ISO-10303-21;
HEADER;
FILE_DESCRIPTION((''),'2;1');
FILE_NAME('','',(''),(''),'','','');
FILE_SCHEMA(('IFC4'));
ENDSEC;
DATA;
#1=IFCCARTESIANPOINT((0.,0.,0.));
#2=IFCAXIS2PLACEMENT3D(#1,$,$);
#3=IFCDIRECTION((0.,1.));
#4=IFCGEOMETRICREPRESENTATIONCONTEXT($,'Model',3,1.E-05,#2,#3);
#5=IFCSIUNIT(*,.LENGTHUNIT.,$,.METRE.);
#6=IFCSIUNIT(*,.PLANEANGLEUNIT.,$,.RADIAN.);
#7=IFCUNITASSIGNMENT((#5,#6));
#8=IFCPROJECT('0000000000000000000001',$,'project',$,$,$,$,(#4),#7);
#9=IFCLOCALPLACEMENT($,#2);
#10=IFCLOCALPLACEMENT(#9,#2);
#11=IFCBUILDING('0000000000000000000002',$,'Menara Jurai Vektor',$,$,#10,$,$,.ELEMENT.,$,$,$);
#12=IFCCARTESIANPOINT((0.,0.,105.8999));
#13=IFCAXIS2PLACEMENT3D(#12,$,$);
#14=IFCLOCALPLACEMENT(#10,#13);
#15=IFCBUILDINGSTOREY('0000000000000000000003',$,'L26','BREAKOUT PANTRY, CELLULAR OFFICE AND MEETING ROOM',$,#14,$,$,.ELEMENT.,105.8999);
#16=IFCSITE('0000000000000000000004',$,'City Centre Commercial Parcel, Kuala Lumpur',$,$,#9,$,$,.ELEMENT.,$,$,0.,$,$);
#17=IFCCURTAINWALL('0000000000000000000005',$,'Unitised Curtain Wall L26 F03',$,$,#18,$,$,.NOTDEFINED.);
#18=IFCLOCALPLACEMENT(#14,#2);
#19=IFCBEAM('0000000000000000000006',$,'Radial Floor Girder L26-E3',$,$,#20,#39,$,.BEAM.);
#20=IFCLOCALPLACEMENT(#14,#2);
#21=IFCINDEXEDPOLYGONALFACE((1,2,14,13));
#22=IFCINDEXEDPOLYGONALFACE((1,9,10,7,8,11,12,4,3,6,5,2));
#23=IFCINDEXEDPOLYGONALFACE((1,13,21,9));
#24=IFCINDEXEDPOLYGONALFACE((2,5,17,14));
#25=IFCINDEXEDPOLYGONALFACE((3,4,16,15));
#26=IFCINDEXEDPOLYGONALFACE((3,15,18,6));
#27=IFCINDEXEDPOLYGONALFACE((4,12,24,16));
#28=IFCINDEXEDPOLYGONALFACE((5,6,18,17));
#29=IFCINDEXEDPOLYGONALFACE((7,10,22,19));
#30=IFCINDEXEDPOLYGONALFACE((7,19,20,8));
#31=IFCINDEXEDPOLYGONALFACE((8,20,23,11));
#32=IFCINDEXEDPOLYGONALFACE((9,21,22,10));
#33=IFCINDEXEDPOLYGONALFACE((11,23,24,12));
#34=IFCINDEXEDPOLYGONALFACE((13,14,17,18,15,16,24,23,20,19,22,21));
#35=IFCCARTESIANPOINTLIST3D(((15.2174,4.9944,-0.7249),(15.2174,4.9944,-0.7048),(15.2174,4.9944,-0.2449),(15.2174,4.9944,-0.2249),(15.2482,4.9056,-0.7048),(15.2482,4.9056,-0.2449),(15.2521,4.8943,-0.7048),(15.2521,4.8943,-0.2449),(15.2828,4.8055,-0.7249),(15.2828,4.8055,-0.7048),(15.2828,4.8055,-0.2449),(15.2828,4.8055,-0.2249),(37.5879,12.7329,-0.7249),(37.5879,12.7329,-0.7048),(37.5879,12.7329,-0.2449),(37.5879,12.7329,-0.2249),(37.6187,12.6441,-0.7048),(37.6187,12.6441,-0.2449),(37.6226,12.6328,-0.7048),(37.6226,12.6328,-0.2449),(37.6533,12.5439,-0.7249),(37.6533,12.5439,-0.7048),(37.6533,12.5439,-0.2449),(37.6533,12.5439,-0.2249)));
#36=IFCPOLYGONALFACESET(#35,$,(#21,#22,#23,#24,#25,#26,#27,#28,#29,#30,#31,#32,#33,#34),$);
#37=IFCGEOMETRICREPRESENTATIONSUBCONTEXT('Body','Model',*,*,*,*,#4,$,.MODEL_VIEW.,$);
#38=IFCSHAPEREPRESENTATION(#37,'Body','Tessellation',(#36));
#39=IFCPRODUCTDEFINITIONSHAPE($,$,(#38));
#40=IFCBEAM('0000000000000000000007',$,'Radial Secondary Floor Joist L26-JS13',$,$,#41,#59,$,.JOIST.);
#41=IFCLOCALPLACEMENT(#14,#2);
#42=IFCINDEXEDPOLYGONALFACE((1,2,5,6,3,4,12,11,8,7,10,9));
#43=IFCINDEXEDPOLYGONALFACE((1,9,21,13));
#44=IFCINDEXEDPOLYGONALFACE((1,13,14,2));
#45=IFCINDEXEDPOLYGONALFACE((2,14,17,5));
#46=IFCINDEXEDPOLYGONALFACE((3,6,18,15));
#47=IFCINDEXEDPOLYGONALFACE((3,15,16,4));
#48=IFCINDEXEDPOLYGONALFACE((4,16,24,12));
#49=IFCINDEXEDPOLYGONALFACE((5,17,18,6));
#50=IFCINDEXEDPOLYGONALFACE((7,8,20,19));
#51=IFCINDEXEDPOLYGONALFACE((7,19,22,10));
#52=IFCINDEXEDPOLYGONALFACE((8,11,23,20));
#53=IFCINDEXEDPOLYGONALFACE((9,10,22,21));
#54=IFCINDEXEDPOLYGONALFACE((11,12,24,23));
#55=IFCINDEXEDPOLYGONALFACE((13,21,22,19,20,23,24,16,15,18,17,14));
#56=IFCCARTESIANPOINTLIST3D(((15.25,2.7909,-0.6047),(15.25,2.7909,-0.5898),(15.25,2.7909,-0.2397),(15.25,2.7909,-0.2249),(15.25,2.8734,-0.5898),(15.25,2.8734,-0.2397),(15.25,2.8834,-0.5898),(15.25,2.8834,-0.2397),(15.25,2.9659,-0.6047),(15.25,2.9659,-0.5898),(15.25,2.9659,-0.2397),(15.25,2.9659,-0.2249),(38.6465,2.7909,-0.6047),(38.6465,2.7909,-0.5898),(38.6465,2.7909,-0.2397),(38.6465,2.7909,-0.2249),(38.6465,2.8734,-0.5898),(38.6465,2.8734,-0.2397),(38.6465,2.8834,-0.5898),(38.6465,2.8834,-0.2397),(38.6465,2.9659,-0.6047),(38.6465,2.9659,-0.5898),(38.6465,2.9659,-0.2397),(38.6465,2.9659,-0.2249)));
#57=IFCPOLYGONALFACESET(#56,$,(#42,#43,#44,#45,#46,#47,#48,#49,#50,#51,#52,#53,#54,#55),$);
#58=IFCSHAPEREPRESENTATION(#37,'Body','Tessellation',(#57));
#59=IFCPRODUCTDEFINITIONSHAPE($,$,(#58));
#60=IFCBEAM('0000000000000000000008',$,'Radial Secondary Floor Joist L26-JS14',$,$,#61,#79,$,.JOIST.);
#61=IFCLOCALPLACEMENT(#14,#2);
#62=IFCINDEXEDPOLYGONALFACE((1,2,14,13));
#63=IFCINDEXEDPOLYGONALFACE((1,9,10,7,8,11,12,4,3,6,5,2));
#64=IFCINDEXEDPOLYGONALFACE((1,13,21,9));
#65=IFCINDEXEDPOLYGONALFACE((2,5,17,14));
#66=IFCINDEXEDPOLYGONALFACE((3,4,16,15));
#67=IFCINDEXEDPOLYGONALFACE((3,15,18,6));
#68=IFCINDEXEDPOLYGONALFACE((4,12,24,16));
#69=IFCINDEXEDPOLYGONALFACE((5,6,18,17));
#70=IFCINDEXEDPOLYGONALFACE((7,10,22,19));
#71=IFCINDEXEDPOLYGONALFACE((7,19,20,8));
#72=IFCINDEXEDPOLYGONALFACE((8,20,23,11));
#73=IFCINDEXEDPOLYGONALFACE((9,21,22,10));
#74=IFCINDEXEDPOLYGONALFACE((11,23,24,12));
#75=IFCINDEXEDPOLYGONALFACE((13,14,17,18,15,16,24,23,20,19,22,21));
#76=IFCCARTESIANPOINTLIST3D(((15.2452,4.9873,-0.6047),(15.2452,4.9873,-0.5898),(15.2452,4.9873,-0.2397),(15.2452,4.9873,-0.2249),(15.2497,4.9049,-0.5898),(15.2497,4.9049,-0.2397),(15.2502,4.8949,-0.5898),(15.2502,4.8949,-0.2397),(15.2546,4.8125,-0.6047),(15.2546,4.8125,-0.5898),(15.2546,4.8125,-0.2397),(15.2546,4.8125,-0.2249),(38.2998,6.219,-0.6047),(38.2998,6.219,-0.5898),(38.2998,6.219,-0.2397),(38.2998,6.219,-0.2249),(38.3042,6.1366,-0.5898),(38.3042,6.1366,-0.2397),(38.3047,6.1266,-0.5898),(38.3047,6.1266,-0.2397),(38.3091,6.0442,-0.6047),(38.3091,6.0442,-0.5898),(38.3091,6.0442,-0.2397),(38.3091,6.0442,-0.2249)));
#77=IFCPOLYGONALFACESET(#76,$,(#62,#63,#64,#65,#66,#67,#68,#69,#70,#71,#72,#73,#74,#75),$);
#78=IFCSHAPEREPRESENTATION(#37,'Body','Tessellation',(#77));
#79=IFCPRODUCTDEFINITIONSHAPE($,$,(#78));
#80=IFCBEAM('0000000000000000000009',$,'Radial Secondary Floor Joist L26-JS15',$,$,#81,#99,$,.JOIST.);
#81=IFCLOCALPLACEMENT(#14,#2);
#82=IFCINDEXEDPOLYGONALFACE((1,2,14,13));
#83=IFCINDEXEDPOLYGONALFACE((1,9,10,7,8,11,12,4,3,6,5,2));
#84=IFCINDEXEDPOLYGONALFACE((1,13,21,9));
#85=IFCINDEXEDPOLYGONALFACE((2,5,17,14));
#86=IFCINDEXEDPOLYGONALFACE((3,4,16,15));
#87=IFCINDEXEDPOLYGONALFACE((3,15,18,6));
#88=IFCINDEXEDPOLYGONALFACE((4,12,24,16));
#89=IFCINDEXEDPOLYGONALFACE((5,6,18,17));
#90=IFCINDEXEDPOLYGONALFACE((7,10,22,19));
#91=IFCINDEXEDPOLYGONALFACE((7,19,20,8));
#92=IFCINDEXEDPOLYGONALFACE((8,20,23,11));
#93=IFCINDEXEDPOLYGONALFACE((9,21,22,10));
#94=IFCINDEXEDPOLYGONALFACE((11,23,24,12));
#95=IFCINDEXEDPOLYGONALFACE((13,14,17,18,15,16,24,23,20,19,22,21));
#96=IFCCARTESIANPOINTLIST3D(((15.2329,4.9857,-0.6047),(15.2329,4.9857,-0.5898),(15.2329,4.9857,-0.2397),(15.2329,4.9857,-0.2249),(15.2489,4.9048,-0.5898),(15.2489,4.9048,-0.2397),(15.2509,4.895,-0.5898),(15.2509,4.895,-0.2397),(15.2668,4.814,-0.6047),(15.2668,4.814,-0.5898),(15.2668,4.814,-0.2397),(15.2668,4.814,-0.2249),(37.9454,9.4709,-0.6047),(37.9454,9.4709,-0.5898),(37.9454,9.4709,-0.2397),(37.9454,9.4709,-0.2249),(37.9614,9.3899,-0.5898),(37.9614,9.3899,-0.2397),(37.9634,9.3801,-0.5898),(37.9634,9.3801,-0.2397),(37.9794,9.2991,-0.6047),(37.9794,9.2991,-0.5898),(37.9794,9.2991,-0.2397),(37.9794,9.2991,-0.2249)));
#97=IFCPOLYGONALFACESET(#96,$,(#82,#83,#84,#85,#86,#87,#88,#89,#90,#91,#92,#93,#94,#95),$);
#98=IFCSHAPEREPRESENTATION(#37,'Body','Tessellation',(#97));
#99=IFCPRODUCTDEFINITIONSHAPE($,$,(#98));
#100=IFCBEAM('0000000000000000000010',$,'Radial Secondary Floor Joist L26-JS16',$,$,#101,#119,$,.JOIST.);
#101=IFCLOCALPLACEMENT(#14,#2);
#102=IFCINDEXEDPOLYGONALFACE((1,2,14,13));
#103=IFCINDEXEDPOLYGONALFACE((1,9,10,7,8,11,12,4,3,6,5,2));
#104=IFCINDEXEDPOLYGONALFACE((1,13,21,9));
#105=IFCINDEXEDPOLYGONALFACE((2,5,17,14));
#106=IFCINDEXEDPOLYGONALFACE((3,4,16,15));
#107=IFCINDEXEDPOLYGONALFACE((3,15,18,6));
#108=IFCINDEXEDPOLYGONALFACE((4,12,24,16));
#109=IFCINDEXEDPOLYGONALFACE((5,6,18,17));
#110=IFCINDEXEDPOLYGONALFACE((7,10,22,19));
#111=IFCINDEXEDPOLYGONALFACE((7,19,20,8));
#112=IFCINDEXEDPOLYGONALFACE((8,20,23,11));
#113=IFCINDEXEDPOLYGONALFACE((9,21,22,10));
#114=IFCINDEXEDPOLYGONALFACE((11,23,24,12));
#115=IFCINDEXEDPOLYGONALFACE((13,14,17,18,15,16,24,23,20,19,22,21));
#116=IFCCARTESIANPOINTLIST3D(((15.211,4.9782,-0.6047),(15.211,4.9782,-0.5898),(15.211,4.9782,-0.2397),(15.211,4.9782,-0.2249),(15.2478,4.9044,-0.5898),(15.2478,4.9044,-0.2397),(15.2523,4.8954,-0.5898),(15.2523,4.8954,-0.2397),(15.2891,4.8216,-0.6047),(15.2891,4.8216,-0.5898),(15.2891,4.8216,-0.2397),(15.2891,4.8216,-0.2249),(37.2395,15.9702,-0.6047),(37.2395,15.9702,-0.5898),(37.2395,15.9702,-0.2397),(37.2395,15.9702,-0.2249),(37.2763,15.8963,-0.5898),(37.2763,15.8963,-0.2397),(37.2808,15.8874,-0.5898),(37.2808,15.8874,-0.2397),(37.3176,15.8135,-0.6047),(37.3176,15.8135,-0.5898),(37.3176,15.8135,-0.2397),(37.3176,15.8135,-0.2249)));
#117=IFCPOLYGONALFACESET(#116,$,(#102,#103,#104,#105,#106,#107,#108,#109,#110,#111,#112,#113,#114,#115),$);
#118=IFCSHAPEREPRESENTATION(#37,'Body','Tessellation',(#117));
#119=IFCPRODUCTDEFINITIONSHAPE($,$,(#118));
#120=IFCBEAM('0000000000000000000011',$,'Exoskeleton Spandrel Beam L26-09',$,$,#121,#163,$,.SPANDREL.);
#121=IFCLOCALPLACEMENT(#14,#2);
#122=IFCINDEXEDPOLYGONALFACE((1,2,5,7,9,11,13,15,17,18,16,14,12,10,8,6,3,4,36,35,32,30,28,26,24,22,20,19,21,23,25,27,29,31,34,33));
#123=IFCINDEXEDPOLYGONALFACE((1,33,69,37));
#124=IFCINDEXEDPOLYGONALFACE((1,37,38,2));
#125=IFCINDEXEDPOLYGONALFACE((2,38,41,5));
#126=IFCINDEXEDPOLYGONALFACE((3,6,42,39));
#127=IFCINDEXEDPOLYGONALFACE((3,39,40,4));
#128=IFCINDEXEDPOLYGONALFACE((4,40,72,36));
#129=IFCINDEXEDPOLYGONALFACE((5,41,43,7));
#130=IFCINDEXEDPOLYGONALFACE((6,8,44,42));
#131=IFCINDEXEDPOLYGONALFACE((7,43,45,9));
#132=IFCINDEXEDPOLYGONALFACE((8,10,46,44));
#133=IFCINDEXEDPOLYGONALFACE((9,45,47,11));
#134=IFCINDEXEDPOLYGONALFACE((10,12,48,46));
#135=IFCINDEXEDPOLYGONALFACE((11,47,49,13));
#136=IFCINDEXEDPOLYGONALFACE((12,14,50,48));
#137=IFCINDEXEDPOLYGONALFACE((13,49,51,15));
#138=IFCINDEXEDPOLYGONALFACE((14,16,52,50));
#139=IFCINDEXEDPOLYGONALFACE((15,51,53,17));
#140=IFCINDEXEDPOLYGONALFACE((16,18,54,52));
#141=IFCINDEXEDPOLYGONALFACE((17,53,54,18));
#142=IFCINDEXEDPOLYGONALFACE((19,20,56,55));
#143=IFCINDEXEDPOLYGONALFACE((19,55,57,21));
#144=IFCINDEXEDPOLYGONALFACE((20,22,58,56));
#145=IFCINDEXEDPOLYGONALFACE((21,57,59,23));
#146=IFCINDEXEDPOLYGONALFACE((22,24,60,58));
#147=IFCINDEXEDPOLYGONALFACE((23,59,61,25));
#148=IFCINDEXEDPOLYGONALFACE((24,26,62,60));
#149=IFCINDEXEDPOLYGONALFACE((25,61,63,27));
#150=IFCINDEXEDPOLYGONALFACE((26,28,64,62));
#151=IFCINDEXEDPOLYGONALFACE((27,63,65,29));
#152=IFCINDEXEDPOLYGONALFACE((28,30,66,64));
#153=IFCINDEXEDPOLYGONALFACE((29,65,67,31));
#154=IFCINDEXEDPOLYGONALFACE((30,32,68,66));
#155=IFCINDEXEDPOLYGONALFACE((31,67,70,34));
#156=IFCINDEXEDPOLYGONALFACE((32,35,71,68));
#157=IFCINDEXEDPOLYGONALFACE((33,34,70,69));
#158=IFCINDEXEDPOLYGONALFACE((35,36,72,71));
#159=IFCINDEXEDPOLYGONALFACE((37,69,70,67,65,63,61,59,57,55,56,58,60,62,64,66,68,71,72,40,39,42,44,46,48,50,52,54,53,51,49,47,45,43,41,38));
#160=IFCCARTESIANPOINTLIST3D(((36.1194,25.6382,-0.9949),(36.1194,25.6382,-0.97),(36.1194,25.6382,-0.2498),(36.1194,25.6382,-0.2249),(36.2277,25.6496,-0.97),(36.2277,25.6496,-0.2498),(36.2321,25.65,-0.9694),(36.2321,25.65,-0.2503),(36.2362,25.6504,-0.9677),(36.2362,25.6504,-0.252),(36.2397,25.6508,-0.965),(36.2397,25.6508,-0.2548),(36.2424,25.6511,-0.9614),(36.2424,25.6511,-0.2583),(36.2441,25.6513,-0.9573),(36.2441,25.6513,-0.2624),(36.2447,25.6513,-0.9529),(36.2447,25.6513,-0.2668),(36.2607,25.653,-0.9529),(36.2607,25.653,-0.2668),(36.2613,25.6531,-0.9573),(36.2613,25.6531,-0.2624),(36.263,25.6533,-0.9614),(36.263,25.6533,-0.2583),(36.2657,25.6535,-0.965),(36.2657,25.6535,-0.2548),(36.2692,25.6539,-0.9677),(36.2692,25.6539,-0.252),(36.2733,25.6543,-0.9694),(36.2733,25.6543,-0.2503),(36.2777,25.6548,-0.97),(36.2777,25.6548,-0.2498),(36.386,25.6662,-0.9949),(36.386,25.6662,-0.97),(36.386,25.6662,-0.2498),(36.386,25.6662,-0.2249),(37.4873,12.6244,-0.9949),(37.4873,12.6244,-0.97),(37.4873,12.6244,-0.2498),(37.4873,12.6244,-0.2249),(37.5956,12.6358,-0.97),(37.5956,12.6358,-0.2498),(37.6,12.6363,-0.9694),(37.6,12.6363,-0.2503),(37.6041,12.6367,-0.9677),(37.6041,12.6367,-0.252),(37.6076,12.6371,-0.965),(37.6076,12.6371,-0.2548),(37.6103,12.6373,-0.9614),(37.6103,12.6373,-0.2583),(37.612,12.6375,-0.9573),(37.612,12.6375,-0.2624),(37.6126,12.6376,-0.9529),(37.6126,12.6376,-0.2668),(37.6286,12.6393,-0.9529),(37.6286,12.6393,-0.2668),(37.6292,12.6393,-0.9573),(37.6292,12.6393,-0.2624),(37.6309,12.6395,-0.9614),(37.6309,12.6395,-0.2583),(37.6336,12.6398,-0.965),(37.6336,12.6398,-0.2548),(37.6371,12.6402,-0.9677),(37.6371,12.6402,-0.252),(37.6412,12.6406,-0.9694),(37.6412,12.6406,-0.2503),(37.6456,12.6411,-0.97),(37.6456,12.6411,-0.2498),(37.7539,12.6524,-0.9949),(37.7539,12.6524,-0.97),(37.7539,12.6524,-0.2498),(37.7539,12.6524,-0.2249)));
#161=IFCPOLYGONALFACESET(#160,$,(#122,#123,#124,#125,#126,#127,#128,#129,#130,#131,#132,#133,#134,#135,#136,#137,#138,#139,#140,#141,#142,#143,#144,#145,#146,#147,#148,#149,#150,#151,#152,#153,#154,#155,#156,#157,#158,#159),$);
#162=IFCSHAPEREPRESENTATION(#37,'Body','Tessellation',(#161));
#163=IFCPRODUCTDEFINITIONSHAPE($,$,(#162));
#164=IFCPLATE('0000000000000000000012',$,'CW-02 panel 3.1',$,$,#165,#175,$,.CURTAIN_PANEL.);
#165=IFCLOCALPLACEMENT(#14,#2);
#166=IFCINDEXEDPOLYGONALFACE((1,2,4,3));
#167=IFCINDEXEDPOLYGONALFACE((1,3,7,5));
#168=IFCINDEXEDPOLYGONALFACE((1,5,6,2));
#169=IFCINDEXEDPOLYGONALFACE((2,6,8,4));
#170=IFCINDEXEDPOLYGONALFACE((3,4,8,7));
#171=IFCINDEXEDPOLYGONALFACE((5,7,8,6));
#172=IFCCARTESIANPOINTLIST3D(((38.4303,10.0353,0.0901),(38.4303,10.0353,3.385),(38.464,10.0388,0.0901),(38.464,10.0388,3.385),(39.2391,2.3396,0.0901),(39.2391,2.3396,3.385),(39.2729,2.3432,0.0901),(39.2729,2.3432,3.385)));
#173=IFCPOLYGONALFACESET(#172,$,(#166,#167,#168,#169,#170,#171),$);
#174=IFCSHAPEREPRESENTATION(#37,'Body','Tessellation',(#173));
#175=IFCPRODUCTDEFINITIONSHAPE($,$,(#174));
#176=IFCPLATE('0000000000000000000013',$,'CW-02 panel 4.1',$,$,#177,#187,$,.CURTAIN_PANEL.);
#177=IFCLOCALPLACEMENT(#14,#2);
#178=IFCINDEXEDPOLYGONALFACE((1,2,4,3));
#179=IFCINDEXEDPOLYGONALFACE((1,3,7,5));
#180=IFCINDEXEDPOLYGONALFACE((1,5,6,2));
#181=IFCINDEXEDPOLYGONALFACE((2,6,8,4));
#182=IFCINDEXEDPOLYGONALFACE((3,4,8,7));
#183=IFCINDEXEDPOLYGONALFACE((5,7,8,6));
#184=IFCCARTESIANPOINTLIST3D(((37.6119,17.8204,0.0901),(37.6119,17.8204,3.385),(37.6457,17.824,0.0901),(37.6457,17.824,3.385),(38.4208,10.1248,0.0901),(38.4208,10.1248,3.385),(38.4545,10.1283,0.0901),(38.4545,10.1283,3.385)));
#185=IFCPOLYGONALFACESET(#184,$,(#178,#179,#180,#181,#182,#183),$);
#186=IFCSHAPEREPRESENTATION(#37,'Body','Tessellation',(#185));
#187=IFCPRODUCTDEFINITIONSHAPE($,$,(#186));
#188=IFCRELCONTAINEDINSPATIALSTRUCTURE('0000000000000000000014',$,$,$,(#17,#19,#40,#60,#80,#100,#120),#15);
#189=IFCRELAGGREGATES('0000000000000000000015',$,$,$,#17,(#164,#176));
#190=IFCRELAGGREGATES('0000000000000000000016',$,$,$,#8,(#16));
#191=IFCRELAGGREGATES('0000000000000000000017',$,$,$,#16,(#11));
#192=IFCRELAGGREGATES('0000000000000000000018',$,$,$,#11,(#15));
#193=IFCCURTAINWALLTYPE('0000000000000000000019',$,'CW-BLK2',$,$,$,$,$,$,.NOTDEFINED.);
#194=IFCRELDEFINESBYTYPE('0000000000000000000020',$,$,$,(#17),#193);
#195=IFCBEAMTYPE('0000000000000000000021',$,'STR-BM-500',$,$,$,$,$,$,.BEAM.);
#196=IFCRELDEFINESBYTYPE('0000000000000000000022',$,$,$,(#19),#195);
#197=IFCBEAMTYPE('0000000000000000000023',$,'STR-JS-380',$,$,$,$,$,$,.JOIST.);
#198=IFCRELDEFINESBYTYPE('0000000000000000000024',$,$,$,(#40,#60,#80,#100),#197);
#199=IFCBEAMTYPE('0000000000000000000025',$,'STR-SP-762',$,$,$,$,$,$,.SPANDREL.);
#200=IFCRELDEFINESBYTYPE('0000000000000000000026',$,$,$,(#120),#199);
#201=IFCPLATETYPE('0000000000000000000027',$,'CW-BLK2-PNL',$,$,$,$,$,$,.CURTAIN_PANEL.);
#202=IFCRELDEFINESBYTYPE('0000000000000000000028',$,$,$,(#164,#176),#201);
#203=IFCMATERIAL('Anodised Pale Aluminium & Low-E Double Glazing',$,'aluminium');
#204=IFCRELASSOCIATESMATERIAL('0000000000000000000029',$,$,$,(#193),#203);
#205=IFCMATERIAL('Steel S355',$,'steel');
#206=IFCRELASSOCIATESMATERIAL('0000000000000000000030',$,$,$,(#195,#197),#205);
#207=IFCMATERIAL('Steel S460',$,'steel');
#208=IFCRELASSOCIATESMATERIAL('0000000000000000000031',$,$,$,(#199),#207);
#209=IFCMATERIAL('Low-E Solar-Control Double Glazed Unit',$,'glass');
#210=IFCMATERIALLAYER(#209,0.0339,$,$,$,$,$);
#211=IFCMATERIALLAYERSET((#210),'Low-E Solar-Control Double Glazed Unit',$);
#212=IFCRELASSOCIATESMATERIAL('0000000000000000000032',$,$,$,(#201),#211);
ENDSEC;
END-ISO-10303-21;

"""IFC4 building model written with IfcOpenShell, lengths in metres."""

from ifc_helpers import new_model, si_unit, direction, frame, origin, origin_2d, place, context, subcontext, project, spatial, rectangle, i_section, extrude, material, layer, layer_set, material_profile, profile_set, type_object, element, aggregate, save


model = new_model("IFC4")

# Units and contexts
model_context = context("Model", 3, precision=1e-05, world=origin(), true_north=direction((0.0, 1.0)))
body_context = subcontext(model_context, "Body", "Model", "MODEL_VIEW")
ifc_project = project(units=[si_unit("LENGTHUNIT", "METRE"), si_unit("PLANEANGLEUNIT", "RADIAN")], contexts=[model_context])

# Site, building, storey
site_placement = place(None, origin())
site = spatial("IfcSite", under=ifc_project, at=site_placement, Name="City Centre Commercial Parcel, Kuala Lumpur", CompositionType="ELEMENT", RefElevation=0.0)
building_placement = place(site_placement, origin())
building = spatial("IfcBuilding", under=site, at=building_placement, Name="Menara Jurai Vektor", CompositionType="ELEMENT")
storey_placement = place(building_placement, frame((0.0, 0.0, 105.8999)))
storey = spatial("IfcBuildingStorey", under=building, at=storey_placement, Name="L26", Description="BREAKOUT PANTRY, CELLULAR OFFICE AND MEETING ROOM", CompositionType="ELEMENT", Elevation=105.8999)

# Shared definitions
ifc_material_1 = material(Name="Steel S460", Category="steel")

# Curtain wall
ifc_material_2 = material(Name="Anodised Pale Aluminium & Low-E Double Glazing", Category="aluminium")
curtain_wall_type = type_object("IfcCurtainWallType", Name="CW-BLK2", PredefinedType="NOTDEFINED", material=ifc_material_2)
curtain_wall_placement = place(storey_placement, origin())
curtain_wall = element("IfcCurtainWall", 1, at=curtain_wall_placement, inside=storey, type_object=curtain_wall_type, Name="Unitised Curtain Wall L26 F03", PredefinedType="NOTDEFINED")

# Beams
ifc_material_3 = material(Name="Steel S355", Category="steel")
ifc_material_profile_1 = material_profile(ifc_material_3, i_section(OverallWidth=0.2, OverallDepth=0.5, WebThickness=0.012, FlangeThickness=0.02, at=origin_2d()), Name="PG 500x200x96")
ifc_profile_set_1 = profile_set([ifc_material_profile_1], Name="Steel S355")
beam_type_1 = type_object("IfcBeamType", Name="STR-BM-500", PredefinedType="BEAM", material=ifc_profile_set_1)
beam_1_placement = place(storey_placement, frame((37.6206, 12.6384, -0.4749), z_axis=(-0.945053, -0.326916, 0.0), x_axis=(0.326916, -0.945053, 0.0)))
element("IfcBeam", 2, at=beam_1_placement, inside=storey, type_object=beam_type_1, Name="Radial Floor Girder L26-E3", PredefinedType="BEAM", context=body_context, shape_type="SweptSolid", body=[
    extrude(i_section(OverallWidth=0.2, OverallDepth=0.5, WebThickness=0.012, FlangeThickness=0.02, at=origin_2d()), origin(), (0.0, 0.0, 1.0), 23.6711),
])
ifc_material_profile_2 = material_profile(ifc_material_3, i_section(OverallWidth=0.175, OverallDepth=0.3799, WebThickness=0.01, FlangeThickness=0.0149, at=origin_2d()), Name="PG 380x175x58")
ifc_profile_set_2 = profile_set([ifc_material_profile_2], Name="Steel S355")
beam_type_2 = type_object("IfcBeamType", Name="STR-JS-380", PredefinedType="JOIST", material=ifc_profile_set_2)
beam_2_placement = place(storey_placement, frame((38.6465, 2.8784, -0.4148), z_axis=(-1.0, 0.0, 0.0), x_axis=(0.0, -1.0, 0.0)))
element("IfcBeam", 3, at=beam_2_placement, inside=storey, type_object=beam_type_2, Name="Radial Secondary Floor Joist L26-JS13", PredefinedType="JOIST", context=body_context, shape_type="SweptSolid", body=[
    extrude(i_section(OverallWidth=0.175, OverallDepth=0.3799, WebThickness=0.01, FlangeThickness=0.0149, at=origin_2d()), origin(), (0.0, 0.0, 1.0), 23.3965),
])
beam_3_placement = place(storey_placement, frame((38.3044, 6.1316, -0.4148), z_axis=(-0.998576, -0.053349, 0.0), x_axis=(0.053349, -0.998576, 0.0)))
element("IfcBeam", 4, at=beam_3_placement, inside=storey, type_object=beam_type_2, Name="Radial Secondary Floor Joist L26-JS14", PredefinedType="JOIST", context=body_context, shape_type="SweptSolid", body=[
    extrude(i_section(OverallWidth=0.175, OverallDepth=0.3799, WebThickness=0.01, FlangeThickness=0.0149, at=origin_2d()), origin(), (0.0, 0.0, 1.0), 23.0874),
])
beam_4_placement = place(storey_placement, frame((37.9624, 9.385, -0.4148), z_axis=(-0.981054, -0.193733, 0.0), x_axis=(0.193733, -0.981054, 0.0)))
element("IfcBeam", 5, at=beam_4_placement, inside=storey, type_object=beam_type_2, Name="Radial Secondary Floor Joist L26-JS15", PredefinedType="JOIST", context=body_context, shape_type="SweptSolid", body=[
    extrude(i_section(OverallWidth=0.175, OverallDepth=0.3799, WebThickness=0.01, FlangeThickness=0.0149, at=origin_2d()), origin(), (0.0, 0.0, 1.0), 23.1511),
])
beam_5_placement = place(storey_placement, frame((37.2786, 15.8918, -0.4148), z_axis=(-0.89479, -0.446488, 0.0), x_axis=(0.446488, -0.89479, 0.0)))
element("IfcBeam", 6, at=beam_5_placement, inside=storey, type_object=beam_type_2, Name="Radial Secondary Floor Joist L26-JS16", PredefinedType="JOIST", context=body_context, shape_type="SweptSolid", body=[
    extrude(i_section(OverallWidth=0.175, OverallDepth=0.3799, WebThickness=0.01, FlangeThickness=0.0149, at=origin_2d()), origin(), (0.0, 0.0, 1.0), 24.6187),
])
ifc_material_profile_3 = material_profile(ifc_material_1, i_section(OverallWidth=0.2681, OverallDepth=0.77, WebThickness=0.0161, FlangeThickness=0.0249, FilletRadius=0.0171, at=origin_2d()), Name="UKB 762x267x197")
ifc_profile_set_3 = profile_set([ifc_material_profile_3], Name="Steel S460")
beam_type_3 = type_object("IfcBeamType", Name="STR-SP-762", PredefinedType="SPANDREL", material=ifc_profile_set_3)
beam_6_placement = place(storey_placement, frame((37.6206, 12.6384, -0.6099), z_axis=(-0.104538, 0.994521, 0.0), x_axis=(-0.994521, -0.104538, 0.0)))
element("IfcBeam", 7, at=beam_6_placement, inside=storey, type_object=beam_type_3, Name="Exoskeleton Spandrel Beam L26-09", PredefinedType="SPANDREL", context=body_context, shape_type="SweptSolid", body=[
    extrude(i_section(OverallWidth=0.2681, OverallDepth=0.77, WebThickness=0.0161, FlangeThickness=0.0249, FilletRadius=0.0171, at=origin_2d()), origin(), (0.0, 0.0, 1.0), 13.0854),
])

# Plates
ifc_material_4 = material(Name="Low-E Solar-Control Double Glazed Unit", Category="glass")
ifc_layer_1 = layer(ifc_material_4, 0.0339)
ifc_layer_set_1 = layer_set([ifc_layer_1], Name="Low-E Solar-Control Double Glazed Unit")
plate_type_1 = type_object("IfcPlateType", Name="CW-BLK2-PNL", PredefinedType="CURTAIN_PANEL", material=ifc_layer_set_1)
plate_1_placement = place(storey_placement, frame((38.8516, 6.1892, 0.0901), z_axis=(0.0, 0.0, 1.0), x_axis=(-0.10453, 0.994522, 0.0)))
plate_1 = element("IfcPlate", 8, at=plate_1_placement, type_object=plate_type_1, Name="CW-02 panel 3.1", PredefinedType="CURTAIN_PANEL", context=body_context, shape_type="SweptSolid", body=[
    extrude(rectangle(XDim=7.738, YDim=0.0339, at=origin_2d()), origin(), (0.0, 0.0, 1.0), 3.2949),
])
plate_2_placement = place(storey_placement, frame((38.0332, 13.9744, 0.0901), z_axis=(0.0, 0.0, 1.0), x_axis=(-0.10453, 0.994522, 0.0)))
plate_2 = element("IfcPlate", 9, at=plate_2_placement, type_object=plate_type_1, Name="CW-02 panel 4.1", PredefinedType="CURTAIN_PANEL", context=body_context, shape_type="SweptSolid", body=[
    extrude(rectangle(XDim=7.738, YDim=0.0339, at=origin_2d()), origin(), (0.0, 0.0, 1.0), 3.2949),
])
aggregate(curtain_wall, [plate_1, plate_2])

save(model, "model.ifc")
